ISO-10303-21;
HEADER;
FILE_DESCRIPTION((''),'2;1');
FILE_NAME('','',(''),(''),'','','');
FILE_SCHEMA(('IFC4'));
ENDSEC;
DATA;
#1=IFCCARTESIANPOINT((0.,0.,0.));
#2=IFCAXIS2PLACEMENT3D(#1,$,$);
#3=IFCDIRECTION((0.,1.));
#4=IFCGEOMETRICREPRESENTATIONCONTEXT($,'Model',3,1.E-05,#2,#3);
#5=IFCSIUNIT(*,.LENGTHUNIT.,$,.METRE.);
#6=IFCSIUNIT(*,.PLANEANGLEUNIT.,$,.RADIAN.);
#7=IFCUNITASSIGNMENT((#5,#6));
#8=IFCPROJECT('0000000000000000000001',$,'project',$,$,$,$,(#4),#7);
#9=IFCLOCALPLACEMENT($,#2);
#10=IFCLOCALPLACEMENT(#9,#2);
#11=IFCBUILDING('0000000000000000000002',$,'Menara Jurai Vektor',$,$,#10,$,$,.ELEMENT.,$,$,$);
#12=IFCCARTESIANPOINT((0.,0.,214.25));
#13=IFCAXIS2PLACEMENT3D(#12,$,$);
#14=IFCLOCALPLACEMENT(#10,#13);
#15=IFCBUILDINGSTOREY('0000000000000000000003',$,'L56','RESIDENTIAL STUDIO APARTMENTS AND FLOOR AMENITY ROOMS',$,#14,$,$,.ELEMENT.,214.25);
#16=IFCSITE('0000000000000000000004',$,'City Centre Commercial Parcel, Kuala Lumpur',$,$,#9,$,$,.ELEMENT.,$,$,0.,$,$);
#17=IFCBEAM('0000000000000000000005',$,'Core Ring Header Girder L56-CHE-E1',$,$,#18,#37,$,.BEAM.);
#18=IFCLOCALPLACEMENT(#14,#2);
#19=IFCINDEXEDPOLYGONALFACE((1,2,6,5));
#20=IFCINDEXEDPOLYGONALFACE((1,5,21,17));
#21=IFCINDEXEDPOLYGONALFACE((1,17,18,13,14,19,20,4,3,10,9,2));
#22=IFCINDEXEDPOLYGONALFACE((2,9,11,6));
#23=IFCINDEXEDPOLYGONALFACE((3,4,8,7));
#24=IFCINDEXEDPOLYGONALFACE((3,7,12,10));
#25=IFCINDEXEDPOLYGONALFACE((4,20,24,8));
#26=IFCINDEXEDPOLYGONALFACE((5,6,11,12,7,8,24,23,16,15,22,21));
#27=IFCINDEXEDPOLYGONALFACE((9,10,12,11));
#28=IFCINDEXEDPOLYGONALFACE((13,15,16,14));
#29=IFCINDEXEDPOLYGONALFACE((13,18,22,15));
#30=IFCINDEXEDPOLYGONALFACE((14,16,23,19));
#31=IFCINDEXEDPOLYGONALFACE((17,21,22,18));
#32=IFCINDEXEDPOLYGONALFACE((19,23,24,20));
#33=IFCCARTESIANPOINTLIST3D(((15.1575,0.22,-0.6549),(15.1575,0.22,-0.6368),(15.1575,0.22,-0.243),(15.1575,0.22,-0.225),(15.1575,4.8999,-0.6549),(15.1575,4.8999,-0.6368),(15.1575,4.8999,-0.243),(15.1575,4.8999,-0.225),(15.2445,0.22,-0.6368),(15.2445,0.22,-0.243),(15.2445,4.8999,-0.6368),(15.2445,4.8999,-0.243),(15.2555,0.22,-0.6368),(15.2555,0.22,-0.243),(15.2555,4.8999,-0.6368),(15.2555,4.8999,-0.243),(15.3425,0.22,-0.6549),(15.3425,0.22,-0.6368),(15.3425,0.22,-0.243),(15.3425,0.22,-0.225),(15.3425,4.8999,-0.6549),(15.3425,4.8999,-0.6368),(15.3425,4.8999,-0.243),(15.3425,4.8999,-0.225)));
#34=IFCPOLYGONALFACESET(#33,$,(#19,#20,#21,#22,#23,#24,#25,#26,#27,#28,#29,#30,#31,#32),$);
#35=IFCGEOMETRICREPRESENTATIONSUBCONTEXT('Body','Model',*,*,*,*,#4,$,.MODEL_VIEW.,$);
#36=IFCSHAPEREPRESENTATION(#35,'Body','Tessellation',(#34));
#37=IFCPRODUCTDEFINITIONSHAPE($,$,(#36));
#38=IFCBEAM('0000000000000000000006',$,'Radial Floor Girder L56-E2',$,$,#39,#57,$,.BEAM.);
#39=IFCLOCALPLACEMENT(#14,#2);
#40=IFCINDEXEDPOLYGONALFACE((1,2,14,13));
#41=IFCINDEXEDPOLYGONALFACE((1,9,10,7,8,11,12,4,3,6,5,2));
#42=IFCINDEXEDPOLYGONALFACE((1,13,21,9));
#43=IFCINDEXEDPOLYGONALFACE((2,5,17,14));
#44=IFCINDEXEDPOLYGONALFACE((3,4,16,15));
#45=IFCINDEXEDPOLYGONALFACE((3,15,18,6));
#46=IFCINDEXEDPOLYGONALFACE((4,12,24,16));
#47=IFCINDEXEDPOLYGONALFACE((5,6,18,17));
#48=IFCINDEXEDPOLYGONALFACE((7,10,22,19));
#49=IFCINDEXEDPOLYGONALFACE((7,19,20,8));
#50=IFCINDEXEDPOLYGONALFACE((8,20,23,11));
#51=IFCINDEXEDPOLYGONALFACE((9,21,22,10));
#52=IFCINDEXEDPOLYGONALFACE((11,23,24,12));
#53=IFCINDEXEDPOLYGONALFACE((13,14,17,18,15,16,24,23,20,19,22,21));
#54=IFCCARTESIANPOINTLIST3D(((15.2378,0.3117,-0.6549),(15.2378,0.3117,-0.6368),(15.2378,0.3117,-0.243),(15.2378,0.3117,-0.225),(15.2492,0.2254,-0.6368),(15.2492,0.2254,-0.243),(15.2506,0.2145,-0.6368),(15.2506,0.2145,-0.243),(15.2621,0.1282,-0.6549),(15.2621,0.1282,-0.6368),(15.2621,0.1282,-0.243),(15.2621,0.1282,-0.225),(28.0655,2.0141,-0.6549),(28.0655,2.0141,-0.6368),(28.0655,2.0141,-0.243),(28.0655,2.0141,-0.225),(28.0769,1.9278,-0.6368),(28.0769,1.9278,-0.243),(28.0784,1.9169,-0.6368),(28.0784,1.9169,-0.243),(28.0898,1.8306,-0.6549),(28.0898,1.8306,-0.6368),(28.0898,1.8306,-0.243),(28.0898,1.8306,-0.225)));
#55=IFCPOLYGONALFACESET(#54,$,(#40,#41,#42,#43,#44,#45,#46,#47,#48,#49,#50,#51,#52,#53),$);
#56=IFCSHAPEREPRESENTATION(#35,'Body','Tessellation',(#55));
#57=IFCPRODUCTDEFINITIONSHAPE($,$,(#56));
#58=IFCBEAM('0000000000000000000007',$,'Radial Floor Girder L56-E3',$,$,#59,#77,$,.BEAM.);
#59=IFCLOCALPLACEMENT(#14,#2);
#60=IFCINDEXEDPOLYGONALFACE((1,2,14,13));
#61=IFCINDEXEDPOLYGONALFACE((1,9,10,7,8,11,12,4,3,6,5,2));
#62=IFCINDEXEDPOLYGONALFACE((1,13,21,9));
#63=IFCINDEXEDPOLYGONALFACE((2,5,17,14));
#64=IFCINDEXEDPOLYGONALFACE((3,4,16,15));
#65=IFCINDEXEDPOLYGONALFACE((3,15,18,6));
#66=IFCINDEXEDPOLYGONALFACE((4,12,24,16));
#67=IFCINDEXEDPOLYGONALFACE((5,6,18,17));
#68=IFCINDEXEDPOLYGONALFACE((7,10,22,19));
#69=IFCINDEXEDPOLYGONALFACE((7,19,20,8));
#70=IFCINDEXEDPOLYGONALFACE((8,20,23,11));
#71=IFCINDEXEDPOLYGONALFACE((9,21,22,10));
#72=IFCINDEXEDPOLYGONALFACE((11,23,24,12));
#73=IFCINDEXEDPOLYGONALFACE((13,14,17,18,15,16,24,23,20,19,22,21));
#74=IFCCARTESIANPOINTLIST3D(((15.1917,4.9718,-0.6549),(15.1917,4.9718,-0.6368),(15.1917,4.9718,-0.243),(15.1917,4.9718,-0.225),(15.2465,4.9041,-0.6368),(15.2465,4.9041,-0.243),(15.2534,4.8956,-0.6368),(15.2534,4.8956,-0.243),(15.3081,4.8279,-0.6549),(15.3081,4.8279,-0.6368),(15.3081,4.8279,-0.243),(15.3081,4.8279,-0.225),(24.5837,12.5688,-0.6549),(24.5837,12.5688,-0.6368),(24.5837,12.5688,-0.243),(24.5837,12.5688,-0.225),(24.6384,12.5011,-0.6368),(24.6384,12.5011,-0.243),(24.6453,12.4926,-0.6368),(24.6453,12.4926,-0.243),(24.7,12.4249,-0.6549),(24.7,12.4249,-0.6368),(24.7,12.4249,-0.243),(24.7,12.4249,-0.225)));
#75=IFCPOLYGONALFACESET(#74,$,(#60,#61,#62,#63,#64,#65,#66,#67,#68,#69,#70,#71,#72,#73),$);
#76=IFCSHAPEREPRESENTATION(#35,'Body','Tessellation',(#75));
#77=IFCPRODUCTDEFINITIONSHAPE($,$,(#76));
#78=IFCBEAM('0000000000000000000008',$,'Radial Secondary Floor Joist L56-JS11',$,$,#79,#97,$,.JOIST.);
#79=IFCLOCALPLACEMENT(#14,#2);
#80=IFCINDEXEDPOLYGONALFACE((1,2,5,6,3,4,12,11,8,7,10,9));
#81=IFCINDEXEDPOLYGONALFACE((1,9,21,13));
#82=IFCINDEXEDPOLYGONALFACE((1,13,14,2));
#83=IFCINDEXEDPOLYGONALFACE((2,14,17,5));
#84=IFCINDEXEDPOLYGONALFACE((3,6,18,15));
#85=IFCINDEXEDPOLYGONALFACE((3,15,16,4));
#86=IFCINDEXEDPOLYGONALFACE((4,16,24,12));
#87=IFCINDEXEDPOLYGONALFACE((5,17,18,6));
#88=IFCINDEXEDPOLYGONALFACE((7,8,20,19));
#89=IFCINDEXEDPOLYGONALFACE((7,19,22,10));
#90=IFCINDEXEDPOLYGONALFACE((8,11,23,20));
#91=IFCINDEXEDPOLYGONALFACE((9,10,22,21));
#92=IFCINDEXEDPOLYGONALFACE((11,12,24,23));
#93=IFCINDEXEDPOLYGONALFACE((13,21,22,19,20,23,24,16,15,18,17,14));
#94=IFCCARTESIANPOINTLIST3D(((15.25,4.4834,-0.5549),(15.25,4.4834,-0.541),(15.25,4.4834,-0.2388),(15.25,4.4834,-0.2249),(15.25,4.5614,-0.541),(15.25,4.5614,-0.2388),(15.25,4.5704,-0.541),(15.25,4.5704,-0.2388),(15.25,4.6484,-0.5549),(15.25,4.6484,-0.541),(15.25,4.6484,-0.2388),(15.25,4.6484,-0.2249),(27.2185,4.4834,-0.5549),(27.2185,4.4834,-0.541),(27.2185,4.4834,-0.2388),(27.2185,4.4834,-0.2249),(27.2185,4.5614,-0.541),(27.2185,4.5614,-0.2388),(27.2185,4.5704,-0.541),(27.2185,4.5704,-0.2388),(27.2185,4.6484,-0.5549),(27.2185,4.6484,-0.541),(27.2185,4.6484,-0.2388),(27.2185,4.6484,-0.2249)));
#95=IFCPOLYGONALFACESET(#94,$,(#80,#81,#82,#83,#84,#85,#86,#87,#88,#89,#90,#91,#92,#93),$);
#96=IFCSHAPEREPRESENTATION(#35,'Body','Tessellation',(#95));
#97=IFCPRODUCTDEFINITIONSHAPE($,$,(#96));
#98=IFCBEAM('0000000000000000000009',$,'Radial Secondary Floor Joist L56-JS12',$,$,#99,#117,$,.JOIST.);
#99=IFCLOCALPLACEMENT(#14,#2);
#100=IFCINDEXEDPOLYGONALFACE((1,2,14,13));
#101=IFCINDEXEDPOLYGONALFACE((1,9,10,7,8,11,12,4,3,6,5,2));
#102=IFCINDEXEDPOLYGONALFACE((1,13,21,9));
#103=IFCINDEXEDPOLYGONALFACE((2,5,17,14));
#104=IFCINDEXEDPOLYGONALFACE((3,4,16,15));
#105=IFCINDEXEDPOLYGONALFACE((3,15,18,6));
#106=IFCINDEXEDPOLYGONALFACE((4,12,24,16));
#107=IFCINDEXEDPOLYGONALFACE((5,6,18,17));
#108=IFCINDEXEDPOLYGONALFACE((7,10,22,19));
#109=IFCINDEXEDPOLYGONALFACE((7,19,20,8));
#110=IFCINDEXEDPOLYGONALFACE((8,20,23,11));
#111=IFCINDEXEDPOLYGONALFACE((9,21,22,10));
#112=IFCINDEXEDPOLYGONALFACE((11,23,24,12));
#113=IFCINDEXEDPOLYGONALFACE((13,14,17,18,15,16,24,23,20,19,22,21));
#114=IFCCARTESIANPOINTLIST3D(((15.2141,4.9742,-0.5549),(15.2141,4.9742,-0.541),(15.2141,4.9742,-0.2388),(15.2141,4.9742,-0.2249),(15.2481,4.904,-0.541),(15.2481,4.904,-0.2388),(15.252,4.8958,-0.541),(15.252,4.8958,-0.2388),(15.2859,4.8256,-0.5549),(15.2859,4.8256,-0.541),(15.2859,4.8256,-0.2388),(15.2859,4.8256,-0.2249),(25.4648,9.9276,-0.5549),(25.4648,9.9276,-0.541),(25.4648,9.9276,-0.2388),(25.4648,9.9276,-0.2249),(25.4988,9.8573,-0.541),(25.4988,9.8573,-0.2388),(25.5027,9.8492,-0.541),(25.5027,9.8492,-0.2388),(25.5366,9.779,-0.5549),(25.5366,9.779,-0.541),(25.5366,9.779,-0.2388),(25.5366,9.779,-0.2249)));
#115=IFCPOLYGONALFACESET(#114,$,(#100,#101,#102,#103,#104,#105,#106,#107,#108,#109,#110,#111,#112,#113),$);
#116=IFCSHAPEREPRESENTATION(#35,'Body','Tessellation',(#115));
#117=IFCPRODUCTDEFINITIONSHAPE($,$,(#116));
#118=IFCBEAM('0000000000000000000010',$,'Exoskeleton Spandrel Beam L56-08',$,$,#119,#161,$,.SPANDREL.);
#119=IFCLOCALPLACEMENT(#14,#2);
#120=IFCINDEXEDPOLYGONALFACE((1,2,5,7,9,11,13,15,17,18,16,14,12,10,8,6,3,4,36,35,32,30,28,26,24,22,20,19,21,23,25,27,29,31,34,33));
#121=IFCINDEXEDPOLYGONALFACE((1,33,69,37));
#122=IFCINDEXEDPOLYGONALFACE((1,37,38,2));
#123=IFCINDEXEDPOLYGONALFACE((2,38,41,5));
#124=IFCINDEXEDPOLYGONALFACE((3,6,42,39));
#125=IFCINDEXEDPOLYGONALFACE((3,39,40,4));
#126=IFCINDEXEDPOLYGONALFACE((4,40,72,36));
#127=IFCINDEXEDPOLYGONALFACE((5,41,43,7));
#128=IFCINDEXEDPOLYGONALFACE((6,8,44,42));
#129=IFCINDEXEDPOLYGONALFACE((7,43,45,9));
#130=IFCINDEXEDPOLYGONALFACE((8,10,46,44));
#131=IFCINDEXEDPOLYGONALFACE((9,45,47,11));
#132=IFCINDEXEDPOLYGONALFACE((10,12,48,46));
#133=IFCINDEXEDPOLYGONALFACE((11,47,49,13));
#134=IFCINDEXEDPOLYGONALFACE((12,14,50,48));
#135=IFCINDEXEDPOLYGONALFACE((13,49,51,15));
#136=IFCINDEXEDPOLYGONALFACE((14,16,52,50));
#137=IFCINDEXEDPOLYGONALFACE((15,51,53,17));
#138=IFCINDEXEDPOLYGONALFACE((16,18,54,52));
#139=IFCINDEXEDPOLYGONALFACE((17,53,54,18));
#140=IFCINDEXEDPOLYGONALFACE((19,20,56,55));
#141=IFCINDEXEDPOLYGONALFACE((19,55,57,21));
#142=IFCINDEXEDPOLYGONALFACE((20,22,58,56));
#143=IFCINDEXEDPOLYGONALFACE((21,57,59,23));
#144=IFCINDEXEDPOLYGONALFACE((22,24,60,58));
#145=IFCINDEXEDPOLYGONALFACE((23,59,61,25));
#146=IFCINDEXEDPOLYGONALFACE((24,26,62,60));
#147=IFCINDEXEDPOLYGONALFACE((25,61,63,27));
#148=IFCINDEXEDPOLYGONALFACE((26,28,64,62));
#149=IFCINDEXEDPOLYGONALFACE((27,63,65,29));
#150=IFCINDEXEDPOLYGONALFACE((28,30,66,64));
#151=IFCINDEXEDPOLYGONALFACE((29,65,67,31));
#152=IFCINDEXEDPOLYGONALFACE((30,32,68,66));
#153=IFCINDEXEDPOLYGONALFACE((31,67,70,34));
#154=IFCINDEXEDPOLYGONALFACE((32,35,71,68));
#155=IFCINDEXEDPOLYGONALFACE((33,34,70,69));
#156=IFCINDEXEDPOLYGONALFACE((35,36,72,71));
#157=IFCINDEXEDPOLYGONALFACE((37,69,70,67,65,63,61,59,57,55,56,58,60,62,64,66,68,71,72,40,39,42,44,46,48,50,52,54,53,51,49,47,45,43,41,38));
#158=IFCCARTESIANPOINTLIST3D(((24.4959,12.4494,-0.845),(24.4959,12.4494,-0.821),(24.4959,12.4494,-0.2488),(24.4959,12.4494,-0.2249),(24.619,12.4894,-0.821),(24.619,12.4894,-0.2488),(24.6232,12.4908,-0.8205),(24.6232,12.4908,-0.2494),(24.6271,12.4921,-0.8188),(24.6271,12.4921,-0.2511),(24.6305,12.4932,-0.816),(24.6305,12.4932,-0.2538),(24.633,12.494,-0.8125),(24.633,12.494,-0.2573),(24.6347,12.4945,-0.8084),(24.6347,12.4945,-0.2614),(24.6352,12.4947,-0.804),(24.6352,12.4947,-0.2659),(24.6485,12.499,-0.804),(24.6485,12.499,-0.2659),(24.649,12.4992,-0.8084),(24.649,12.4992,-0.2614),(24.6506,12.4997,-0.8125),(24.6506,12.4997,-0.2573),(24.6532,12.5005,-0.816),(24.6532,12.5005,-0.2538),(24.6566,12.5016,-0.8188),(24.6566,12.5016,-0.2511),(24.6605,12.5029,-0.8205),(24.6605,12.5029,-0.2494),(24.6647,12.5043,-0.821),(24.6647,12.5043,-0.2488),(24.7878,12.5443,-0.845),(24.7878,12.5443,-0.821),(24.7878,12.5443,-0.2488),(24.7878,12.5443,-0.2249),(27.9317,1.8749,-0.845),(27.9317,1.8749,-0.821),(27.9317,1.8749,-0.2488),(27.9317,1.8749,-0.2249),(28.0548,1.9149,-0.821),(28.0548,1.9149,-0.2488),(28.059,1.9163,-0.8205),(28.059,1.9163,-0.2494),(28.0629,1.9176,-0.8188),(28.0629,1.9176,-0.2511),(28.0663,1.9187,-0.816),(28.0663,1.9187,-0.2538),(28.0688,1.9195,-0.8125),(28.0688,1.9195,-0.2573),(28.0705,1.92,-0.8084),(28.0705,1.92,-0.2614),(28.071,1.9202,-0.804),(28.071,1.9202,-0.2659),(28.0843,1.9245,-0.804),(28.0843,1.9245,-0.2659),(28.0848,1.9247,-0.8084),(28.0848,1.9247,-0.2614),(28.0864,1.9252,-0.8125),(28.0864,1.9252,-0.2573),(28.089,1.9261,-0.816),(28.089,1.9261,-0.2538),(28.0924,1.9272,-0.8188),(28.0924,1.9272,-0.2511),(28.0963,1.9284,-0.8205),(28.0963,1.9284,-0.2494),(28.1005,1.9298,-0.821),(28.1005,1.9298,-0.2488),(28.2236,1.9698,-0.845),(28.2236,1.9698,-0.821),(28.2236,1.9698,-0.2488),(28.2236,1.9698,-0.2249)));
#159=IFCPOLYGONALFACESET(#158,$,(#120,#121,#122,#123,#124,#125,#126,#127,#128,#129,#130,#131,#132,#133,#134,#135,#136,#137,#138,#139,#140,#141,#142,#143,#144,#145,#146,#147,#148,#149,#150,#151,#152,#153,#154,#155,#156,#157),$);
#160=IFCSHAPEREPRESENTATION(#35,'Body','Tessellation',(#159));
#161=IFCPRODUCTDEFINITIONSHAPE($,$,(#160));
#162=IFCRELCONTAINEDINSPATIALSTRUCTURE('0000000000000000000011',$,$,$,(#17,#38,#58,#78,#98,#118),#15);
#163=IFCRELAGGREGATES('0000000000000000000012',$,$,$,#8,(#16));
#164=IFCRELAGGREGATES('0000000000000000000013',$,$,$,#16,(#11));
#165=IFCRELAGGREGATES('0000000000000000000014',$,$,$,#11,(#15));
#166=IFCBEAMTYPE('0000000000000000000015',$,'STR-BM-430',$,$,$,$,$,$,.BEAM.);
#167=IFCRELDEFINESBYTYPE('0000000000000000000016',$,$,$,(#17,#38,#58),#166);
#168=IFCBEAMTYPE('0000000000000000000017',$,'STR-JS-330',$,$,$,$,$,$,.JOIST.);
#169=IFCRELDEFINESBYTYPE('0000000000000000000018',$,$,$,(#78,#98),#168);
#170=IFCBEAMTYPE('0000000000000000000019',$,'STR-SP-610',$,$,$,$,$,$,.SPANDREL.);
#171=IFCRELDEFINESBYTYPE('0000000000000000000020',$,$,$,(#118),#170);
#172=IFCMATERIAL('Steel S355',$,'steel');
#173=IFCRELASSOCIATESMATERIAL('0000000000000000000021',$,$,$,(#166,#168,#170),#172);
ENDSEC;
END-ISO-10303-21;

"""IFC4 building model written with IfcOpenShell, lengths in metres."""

from ifc_helpers import new_model, si_unit, direction, frame, origin, origin_2d, place, context, subcontext, project, spatial, i_section, extrude, material, material_profile, profile_set, type_object, element, save


model = new_model("IFC4")

# Units and contexts
model_context = context("Model", 3, precision=1e-05, world=origin(), true_north=direction((0.0, 1.0)))
body_context = subcontext(model_context, "Body", "Model", "MODEL_VIEW")
ifc_project = project(units=[si_unit("LENGTHUNIT", "METRE"), si_unit("PLANEANGLEUNIT", "RADIAN")], contexts=[model_context])

# Site, building, storey
site_placement = place(None, origin())
site = spatial("IfcSite", under=ifc_project, at=site_placement, Name="City Centre Commercial Parcel, Kuala Lumpur", CompositionType="ELEMENT", RefElevation=0.0)
building_placement = place(site_placement, origin())
building = spatial("IfcBuilding", under=site, at=building_placement, Name="Menara Jurai Vektor", CompositionType="ELEMENT")
storey_placement = place(building_placement, frame((0.0, 0.0, 214.25)))
storey = spatial("IfcBuildingStorey", under=building, at=storey_placement, Name="L56", Description="RESIDENTIAL STUDIO APARTMENTS AND FLOOR AMENITY ROOMS", CompositionType="ELEMENT", Elevation=214.25)

# Beams
ifc_material_1 = material(Name="Steel S355", Category="steel")
ifc_material_profile_1 = material_profile(ifc_material_1, i_section(OverallWidth=0.1851, OverallDepth=0.4299, WebThickness=0.011, FlangeThickness=0.0181, at=origin_2d()), Name="PG 430x185x76")
ifc_profile_set_1 = profile_set([ifc_material_profile_1], Name="Steel S355")
beam_type_1 = type_object("IfcBeamType", Name="STR-BM-430", PredefinedType="BEAM", material=ifc_profile_set_1)
beam_1_placement = place(storey_placement, frame((15.25, 0.22, -0.4399), z_axis=(0.0, 1.0, 0.0), x_axis=(-1.0, 0.0, 0.0)))
element("IfcBeam", 1, at=beam_1_placement, inside=storey, type_object=beam_type_1, Name="Core Ring Header Girder L56-CHE-E1", PredefinedType="BEAM", context=body_context, shape_type="SweptSolid", body=[
    extrude(i_section(OverallWidth=0.1851, OverallDepth=0.4299, WebThickness=0.011, FlangeThickness=0.0181, at=origin_2d()), origin(), (0.0, 0.0, 1.0), 4.6799),
])
beam_2_placement = place(storey_placement, frame((28.0776, 1.9224, -0.4399), z_axis=(-0.991308, -0.131559, 0.0), x_axis=(0.131559, -0.991308, 0.0)))
element("IfcBeam", 2, at=beam_2_placement, inside=storey, type_object=beam_type_1, Name="Radial Floor Girder L56-E2", PredefinedType="BEAM", context=body_context, shape_type="SweptSolid", body=[
    extrude(i_section(OverallWidth=0.1851, OverallDepth=0.4299, WebThickness=0.011, FlangeThickness=0.0181, at=origin_2d()), origin(), (0.0, 0.0, 1.0), 12.9402),
])
beam_3_placement = place(storey_placement, frame((24.6418, 12.4968, -0.4399), z_axis=(-0.777488, -0.628898, 0.0), x_axis=(0.628898, -0.777488, 0.0)))
element("IfcBeam", 3, at=beam_3_placement, inside=storey, type_object=beam_type_1, Name="Radial Floor Girder L56-E3", PredefinedType="BEAM", context=body_context, shape_type="SweptSolid", body=[
    extrude(i_section(OverallWidth=0.1851, OverallDepth=0.4299, WebThickness=0.011, FlangeThickness=0.0181, at=origin_2d()), origin(), (0.0, 0.0, 1.0), 12.0798),
])
ifc_material_profile_2 = material_profile(ifc_material_1, i_section(OverallWidth=0.165, OverallDepth=0.3301, WebThickness=0.009, FlangeThickness=0.0139, at=origin_2d()), Name="PG 330x165x46")
ifc_profile_set_2 = profile_set([ifc_material_profile_2], Name="Steel S355")
beam_type_2 = type_object("IfcBeamType", Name="STR-JS-330", PredefinedType="JOIST", material=ifc_profile_set_2)
beam_4_placement = place(storey_placement, frame((27.2185, 4.5659, -0.3899), z_axis=(-1.0, 0.0, 0.0), x_axis=(0.0, -1.0, 0.0)))
element("IfcBeam", 4, at=beam_4_placement, inside=storey, type_object=beam_type_2, Name="Radial Secondary Floor Joist L56-JS11", PredefinedType="JOIST", context=body_context, shape_type="SweptSolid", body=[
    extrude(i_section(OverallWidth=0.165, OverallDepth=0.3301, WebThickness=0.009, FlangeThickness=0.0139, at=origin_2d()), origin(), (0.0, 0.0, 1.0), 11.9685),
])
beam_5_placement = place(storey_placement, frame((25.5007, 9.8533, -0.3899), z_axis=(-0.900389, -0.435087, 0.0), x_axis=(0.435087, -0.900389, 0.0)))
element("IfcBeam", 5, at=beam_5_placement, inside=storey, type_object=beam_type_2, Name="Radial Secondary Floor Joist L56-JS12", PredefinedType="JOIST", context=body_context, shape_type="SweptSolid", body=[
    extrude(i_section(OverallWidth=0.165, OverallDepth=0.3301, WebThickness=0.009, FlangeThickness=0.0139, at=origin_2d()), origin(), (0.0, 0.0, 1.0), 11.3848),
])
ifc_material_profile_3 = material_profile(ifc_material_1, i_section(OverallWidth=0.3069, OverallDepth=0.6201, WebThickness=0.0139, FlangeThickness=0.0239, FilletRadius=0.0171, at=origin_2d()), Name="UKB 610x305x179")
ifc_profile_set_3 = profile_set([ifc_material_profile_3], Name="Steel S355")
beam_type_3 = type_object("IfcBeamType", Name="STR-SP-610", PredefinedType="SPANDREL", material=ifc_profile_set_3)
beam_6_placement = place(storey_placement, frame((28.0776, 1.9224, -0.5349), z_axis=(-0.309012, 0.951058, 0.0), x_axis=(-0.951058, -0.309012, 0.0)))
element("IfcBeam", 6, at=beam_6_placement, inside=storey, type_object=beam_type_3, Name="Exoskeleton Spandrel Beam L56-08", PredefinedType="SPANDREL", context=body_context, shape_type="SweptSolid", body=[
    extrude(i_section(OverallWidth=0.3069, OverallDepth=0.6201, WebThickness=0.0139, FlangeThickness=0.0239, FilletRadius=0.0171, at=origin_2d()), origin(), (0.0, 0.0, 1.0), 11.1187),
])

save(model, "model.ifc")
